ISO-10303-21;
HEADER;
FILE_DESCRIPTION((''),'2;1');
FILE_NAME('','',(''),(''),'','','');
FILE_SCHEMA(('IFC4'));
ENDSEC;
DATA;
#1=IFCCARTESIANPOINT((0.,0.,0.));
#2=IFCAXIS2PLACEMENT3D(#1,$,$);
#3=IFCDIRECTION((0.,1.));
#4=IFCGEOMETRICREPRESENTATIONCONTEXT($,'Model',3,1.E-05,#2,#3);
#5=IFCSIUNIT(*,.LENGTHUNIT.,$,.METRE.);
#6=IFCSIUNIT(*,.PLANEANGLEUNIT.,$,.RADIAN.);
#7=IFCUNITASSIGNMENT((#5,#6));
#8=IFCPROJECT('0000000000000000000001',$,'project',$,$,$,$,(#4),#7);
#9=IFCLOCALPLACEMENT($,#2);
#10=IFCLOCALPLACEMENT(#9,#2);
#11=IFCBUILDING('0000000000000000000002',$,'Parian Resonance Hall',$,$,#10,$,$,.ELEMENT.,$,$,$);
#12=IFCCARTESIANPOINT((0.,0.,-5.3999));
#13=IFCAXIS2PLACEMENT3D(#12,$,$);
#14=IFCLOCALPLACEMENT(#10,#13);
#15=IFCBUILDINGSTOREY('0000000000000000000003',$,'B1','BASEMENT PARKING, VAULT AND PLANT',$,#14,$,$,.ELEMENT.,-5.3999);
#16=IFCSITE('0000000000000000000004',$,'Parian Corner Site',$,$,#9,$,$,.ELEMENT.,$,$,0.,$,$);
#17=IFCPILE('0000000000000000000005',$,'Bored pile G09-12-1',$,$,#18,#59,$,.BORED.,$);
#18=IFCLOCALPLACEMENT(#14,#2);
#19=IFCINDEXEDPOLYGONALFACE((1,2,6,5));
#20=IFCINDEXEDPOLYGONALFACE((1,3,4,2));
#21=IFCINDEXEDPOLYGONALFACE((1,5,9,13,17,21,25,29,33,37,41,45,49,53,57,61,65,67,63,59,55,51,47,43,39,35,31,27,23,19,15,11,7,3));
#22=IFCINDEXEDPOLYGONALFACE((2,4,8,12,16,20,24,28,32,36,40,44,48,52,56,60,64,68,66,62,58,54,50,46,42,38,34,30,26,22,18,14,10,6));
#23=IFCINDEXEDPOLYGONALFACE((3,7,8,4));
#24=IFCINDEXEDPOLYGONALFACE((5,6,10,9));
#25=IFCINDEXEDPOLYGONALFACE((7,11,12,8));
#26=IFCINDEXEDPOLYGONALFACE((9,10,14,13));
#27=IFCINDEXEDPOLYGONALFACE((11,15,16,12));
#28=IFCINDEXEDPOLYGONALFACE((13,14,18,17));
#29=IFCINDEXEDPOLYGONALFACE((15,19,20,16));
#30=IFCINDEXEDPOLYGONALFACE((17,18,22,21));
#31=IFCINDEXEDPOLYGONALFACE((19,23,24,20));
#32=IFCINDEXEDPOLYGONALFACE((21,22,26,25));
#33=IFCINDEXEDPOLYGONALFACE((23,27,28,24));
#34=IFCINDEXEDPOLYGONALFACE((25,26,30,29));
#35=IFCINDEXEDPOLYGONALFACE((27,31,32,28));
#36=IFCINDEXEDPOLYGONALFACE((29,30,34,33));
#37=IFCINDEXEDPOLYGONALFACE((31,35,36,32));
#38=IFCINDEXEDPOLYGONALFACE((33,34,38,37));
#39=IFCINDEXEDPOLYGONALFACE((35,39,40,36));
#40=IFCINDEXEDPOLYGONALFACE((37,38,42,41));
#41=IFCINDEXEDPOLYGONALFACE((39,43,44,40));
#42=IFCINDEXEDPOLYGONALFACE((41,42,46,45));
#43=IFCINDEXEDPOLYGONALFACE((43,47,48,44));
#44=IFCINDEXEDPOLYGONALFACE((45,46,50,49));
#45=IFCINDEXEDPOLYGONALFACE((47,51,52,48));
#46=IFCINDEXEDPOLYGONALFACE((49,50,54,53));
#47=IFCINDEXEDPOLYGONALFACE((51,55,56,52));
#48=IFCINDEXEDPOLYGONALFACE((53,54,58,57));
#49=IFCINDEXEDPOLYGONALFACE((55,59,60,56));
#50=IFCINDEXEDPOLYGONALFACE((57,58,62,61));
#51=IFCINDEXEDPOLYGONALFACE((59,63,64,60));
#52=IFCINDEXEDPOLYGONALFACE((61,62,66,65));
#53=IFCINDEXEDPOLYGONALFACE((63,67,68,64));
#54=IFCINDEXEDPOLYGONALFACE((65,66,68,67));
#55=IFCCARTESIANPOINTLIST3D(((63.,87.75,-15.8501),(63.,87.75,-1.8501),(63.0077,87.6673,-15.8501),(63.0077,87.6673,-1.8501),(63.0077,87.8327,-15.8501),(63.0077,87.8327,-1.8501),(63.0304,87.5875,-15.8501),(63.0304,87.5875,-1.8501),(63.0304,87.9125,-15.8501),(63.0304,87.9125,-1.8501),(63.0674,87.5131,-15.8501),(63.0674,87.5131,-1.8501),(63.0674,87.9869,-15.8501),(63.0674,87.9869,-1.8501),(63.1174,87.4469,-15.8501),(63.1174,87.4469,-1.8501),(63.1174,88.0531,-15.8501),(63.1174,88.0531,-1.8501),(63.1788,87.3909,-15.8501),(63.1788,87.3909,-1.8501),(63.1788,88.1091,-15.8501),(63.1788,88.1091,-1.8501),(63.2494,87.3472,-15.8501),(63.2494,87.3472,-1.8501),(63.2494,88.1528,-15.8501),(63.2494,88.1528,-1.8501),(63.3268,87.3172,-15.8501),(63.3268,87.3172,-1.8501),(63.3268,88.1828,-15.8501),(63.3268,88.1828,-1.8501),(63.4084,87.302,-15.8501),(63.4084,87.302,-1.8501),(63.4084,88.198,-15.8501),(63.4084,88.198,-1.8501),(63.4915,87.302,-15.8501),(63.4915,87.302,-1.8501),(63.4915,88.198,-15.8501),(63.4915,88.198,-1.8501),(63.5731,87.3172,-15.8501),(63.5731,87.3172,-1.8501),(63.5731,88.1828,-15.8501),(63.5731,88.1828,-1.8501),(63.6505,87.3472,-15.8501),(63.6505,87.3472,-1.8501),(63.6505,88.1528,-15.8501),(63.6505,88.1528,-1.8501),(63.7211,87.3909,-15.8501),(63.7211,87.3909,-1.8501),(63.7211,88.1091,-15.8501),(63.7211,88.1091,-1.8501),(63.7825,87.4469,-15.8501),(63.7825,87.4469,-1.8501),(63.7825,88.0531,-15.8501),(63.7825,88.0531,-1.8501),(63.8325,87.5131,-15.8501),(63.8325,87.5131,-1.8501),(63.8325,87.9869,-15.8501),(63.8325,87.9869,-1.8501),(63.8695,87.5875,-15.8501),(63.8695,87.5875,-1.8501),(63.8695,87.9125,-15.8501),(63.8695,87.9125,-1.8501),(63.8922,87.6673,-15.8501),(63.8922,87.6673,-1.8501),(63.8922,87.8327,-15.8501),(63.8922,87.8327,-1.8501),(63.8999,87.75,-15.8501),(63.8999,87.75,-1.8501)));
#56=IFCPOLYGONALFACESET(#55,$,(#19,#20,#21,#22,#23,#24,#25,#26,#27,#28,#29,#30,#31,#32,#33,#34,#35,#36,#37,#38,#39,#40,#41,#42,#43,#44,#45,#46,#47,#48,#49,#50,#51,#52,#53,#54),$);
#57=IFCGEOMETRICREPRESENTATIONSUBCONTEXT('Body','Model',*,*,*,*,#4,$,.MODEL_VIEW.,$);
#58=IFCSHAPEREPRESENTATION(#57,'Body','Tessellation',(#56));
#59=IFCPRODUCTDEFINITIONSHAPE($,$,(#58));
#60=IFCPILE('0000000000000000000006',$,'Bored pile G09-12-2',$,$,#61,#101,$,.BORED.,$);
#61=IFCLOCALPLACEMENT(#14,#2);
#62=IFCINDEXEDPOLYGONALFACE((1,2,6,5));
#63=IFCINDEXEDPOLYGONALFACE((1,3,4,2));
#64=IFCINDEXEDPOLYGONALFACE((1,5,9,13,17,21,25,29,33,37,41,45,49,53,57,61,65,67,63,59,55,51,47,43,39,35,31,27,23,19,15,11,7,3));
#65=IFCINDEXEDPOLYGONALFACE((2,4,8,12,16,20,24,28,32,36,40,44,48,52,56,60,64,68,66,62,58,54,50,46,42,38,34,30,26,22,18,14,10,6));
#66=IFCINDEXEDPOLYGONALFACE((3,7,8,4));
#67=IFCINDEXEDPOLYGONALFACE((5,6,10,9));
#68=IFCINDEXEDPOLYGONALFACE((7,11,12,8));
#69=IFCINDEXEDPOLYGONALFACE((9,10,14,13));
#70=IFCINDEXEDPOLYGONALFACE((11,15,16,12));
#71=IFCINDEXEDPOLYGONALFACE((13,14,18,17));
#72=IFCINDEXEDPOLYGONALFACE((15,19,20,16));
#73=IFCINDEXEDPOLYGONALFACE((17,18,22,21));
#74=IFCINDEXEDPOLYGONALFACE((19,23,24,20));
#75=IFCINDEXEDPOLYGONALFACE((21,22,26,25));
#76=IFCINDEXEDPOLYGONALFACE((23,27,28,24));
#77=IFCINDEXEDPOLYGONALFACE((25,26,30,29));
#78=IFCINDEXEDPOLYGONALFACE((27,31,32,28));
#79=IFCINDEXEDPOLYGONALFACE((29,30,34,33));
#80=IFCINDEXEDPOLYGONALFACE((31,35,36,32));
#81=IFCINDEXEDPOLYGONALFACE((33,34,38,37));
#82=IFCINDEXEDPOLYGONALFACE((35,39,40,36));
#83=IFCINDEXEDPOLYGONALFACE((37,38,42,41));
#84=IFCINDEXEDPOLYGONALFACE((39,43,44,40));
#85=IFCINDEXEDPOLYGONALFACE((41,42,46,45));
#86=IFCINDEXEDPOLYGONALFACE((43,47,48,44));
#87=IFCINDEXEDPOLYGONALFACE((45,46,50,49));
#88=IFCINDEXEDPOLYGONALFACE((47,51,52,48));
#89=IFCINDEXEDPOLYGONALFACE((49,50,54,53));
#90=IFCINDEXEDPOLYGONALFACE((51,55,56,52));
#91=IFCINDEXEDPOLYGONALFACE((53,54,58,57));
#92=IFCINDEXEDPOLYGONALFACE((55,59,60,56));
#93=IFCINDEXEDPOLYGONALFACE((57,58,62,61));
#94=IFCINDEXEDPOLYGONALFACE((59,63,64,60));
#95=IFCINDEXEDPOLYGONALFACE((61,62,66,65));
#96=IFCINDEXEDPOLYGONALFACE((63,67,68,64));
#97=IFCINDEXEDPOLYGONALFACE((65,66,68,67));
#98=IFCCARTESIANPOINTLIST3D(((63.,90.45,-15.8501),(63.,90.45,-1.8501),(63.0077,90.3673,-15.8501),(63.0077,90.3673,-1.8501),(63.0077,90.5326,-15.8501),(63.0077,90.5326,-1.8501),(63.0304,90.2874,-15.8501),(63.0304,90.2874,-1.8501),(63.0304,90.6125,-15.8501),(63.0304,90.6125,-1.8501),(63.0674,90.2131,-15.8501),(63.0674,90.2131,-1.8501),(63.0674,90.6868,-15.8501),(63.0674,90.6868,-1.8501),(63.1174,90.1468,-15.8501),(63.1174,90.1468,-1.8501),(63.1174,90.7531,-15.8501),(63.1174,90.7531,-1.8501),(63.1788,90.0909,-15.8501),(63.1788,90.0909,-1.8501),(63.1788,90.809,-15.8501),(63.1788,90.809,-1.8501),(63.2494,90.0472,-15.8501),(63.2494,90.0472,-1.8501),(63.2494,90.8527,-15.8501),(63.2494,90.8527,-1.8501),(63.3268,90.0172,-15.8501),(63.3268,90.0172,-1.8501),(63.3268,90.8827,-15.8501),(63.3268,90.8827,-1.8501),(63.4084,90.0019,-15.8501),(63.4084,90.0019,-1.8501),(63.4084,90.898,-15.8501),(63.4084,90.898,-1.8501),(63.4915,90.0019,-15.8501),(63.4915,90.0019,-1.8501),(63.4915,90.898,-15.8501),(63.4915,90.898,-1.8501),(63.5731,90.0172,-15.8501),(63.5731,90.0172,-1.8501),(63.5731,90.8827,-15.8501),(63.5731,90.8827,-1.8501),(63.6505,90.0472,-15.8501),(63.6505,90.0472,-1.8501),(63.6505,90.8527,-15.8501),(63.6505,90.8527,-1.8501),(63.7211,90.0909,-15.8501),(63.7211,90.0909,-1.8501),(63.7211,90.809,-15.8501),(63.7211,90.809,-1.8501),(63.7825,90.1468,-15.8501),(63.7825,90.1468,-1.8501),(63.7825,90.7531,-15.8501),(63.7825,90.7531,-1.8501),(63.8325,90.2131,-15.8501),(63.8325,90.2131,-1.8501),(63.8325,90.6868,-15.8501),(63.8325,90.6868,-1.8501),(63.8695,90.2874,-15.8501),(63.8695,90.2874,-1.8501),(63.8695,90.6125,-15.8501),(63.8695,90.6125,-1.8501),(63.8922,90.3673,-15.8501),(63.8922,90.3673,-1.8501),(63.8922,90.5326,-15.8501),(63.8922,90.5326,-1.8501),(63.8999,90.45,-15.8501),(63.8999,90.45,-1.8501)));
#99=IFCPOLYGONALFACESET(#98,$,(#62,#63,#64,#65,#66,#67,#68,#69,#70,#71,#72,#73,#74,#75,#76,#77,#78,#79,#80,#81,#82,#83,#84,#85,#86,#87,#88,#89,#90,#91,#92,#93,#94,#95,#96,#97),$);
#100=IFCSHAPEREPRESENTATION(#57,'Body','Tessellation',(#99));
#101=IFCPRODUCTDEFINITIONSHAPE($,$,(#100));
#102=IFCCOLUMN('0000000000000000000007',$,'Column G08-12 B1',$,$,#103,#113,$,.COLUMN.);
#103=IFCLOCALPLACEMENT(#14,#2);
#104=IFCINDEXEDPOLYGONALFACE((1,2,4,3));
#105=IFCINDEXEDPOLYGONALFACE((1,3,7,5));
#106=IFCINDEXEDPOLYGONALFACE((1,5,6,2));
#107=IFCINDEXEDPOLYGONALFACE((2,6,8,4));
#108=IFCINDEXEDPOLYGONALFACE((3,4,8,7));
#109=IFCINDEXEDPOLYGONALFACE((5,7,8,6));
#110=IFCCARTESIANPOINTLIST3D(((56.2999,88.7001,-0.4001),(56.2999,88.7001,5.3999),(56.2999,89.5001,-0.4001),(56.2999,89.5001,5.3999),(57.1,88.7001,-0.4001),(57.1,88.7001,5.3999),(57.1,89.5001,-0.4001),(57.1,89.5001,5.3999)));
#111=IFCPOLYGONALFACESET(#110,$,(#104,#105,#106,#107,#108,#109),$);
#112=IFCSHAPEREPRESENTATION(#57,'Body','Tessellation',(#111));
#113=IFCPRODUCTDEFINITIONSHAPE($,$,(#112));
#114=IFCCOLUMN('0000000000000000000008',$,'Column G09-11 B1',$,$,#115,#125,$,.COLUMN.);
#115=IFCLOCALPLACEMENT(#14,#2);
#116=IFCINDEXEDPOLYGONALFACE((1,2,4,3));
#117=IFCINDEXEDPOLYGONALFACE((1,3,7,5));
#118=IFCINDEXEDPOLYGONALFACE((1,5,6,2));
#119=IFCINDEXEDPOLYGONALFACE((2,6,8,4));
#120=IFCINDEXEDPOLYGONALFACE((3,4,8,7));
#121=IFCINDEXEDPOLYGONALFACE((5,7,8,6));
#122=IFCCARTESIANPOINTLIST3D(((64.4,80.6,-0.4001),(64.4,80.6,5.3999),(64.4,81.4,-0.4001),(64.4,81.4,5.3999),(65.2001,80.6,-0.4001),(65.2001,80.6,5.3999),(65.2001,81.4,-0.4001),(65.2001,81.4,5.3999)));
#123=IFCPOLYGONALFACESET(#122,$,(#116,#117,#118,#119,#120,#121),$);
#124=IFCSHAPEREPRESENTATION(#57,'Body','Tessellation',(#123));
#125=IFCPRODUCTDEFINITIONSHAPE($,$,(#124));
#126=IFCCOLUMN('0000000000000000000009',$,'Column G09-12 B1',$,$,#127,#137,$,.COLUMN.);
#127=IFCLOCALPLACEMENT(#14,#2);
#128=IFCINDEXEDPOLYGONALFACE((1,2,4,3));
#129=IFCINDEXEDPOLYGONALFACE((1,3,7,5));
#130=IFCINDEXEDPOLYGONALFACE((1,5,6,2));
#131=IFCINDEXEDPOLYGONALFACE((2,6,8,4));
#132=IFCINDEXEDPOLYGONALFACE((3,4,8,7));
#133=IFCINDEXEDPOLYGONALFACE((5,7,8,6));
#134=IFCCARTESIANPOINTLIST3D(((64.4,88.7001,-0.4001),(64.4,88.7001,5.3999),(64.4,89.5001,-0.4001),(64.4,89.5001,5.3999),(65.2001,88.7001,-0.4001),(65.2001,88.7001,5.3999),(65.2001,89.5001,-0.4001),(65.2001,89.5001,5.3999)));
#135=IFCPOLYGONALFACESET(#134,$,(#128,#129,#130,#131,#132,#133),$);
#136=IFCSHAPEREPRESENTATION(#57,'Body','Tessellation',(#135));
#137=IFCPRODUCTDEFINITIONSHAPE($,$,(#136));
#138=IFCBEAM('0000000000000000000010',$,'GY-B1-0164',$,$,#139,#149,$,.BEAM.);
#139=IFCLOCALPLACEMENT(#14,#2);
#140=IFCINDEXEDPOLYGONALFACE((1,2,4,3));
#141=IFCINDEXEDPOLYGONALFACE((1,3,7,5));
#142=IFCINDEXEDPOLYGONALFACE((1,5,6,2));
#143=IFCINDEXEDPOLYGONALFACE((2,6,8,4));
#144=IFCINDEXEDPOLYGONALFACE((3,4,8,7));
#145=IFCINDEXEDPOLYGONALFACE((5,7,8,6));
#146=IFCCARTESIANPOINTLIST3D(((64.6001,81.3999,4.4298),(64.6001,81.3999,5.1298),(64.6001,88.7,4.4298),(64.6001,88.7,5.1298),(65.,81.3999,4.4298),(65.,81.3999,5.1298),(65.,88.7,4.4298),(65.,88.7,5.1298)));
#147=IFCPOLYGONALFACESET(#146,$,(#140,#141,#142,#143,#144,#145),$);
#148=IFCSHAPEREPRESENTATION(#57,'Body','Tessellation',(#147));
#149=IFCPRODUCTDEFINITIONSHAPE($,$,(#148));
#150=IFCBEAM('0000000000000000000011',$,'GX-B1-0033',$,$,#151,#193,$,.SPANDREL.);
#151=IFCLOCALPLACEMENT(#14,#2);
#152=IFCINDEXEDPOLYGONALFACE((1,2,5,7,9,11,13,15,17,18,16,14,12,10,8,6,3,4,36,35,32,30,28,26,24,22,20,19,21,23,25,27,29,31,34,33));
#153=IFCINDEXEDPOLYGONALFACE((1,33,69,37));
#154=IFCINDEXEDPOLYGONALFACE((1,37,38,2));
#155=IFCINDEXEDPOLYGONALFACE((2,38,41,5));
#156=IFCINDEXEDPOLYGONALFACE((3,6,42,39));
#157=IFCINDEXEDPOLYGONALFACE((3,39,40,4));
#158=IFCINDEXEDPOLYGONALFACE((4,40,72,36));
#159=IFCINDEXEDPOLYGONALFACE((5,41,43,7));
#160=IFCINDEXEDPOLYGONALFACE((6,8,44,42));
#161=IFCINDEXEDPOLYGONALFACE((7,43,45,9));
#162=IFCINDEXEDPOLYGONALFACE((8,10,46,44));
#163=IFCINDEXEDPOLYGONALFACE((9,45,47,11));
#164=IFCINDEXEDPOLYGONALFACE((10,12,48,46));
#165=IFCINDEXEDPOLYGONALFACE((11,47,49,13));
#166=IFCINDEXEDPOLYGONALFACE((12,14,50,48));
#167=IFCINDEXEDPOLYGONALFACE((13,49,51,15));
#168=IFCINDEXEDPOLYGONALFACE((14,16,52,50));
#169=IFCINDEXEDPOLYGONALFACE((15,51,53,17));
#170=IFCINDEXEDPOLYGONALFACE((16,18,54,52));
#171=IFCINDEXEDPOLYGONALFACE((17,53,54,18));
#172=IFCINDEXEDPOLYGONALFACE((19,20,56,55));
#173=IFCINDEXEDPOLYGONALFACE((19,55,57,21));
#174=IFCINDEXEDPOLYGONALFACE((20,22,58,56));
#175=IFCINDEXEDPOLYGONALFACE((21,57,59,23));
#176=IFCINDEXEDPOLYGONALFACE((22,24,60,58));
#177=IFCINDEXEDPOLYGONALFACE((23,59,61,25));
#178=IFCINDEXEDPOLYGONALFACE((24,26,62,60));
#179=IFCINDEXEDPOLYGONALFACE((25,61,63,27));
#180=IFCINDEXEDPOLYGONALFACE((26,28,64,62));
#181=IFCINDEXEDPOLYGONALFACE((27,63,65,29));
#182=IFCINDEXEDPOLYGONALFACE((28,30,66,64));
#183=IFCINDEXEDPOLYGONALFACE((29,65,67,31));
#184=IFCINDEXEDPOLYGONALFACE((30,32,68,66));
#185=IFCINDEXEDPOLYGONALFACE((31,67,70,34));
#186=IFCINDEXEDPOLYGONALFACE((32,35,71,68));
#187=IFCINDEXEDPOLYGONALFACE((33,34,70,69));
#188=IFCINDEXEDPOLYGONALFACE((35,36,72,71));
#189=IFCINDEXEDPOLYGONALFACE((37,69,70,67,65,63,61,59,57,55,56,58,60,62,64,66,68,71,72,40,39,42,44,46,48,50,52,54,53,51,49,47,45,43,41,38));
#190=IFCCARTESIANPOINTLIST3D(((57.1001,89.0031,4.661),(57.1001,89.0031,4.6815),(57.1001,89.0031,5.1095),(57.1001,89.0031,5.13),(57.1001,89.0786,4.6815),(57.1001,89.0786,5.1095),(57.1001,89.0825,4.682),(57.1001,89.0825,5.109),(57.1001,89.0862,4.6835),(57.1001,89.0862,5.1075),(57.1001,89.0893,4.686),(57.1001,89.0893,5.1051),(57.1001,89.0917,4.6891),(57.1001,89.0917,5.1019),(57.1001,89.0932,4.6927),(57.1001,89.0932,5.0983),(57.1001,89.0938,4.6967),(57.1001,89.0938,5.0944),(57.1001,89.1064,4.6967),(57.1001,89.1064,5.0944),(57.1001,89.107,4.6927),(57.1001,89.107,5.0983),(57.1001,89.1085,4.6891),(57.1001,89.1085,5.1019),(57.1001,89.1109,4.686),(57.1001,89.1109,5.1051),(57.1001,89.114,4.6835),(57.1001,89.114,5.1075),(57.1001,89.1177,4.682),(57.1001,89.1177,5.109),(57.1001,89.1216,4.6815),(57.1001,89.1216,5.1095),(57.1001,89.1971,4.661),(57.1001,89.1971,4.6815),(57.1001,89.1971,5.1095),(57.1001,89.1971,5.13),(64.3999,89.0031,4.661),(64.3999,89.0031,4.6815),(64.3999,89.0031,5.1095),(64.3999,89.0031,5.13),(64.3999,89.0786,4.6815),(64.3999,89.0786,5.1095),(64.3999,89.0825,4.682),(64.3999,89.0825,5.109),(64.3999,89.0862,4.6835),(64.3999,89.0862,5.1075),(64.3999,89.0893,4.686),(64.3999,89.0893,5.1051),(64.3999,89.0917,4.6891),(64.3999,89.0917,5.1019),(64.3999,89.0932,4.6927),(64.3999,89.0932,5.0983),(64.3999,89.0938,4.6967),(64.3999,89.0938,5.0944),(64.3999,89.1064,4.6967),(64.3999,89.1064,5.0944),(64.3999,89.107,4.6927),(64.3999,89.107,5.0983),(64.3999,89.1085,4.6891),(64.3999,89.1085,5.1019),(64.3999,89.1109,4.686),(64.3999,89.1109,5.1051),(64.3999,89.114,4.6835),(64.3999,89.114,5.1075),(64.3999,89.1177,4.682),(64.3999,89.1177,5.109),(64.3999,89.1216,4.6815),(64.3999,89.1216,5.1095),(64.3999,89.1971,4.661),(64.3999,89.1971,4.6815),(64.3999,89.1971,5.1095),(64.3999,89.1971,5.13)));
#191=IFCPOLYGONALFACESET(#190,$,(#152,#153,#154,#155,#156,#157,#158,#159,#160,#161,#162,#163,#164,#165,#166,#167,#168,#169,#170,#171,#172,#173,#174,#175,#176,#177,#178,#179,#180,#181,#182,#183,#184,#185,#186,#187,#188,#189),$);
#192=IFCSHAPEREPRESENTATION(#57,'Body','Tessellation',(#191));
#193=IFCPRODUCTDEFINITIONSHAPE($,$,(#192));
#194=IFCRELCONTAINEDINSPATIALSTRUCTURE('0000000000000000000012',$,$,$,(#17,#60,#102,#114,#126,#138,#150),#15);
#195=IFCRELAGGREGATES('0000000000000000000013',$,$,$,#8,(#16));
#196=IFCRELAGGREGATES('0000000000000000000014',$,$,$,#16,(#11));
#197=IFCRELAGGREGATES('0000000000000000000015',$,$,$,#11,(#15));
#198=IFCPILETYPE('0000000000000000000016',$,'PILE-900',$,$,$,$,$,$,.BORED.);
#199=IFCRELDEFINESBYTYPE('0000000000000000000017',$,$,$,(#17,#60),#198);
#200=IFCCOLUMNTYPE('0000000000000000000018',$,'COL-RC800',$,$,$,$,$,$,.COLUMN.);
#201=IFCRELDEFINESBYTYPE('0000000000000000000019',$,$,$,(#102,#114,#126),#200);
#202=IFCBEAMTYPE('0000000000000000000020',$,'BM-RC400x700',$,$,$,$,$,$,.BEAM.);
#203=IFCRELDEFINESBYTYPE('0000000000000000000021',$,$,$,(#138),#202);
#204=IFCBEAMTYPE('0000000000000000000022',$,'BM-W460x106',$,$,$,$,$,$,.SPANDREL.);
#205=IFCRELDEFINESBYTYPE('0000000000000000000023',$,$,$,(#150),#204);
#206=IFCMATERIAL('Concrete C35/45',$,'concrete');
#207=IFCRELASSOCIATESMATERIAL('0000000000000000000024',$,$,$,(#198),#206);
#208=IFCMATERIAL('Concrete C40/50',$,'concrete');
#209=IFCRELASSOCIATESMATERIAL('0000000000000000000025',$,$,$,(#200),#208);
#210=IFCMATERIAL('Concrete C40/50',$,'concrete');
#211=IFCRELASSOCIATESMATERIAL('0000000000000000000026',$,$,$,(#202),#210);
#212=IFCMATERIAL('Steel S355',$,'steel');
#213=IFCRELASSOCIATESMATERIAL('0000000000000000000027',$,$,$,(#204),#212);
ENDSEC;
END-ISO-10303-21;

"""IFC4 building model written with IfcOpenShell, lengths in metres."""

from ifc_helpers import new_model, si_unit, direction, frame, origin, origin_2d, place, context, subcontext, project, spatial, rectangle, circle, i_section, extrude, material, material_profile, profile_set, type_object, element, save


model = new_model("IFC4")

# Units and contexts
model_context = context("Model", 3, precision=1e-05, world=origin(), true_north=direction((0.0, 1.0)))
body_context = subcontext(model_context, "Body", "Model", "MODEL_VIEW")
ifc_project = project(units=[si_unit("LENGTHUNIT", "METRE"), si_unit("PLANEANGLEUNIT", "RADIAN")], contexts=[model_context])

# Site, building, storey
site_placement = place(None, origin())
site = spatial("IfcSite", under=ifc_project, at=site_placement, Name="Parian Corner Site", CompositionType="ELEMENT", RefElevation=0.0)
building_placement = place(site_placement, origin())
building = spatial("IfcBuilding", under=site, at=building_placement, Name="Parian Resonance Hall", CompositionType="ELEMENT")
storey_placement = place(building_placement, frame((0.0, 0.0, -5.3999)))
storey = spatial("IfcBuildingStorey", under=building, at=storey_placement, Name="B1", Description="BASEMENT PARKING, VAULT AND PLANT", CompositionType="ELEMENT", Elevation=-5.3999)

# Piles
ifc_material_1 = material(Name="Concrete C35/45", Category="concrete")
ifc_material_profile_1 = material_profile(ifc_material_1, circle(Radius=0.45, at=origin_2d()), Name="PILE-D900")
ifc_profile_set_1 = profile_set([ifc_material_profile_1], Name="Concrete C35/45")
pile_type = type_object("IfcPileType", Name="PILE-900", PredefinedType="BORED", material=ifc_profile_set_1)
for number, where, z_axis, x_axis, name in (
    (1, (63.45, 87.75, -1.8501), (0.0, 0.0, -1.0), (1.0, 0.0, 0.0), "Bored pile G09-12-1"),
    (2, (63.45, 90.45, -1.8501), (0.0, 0.0, -1.0), (1.0, 0.0, 0.0), "Bored pile G09-12-2"),
):
    element("IfcPile", number, at=place(storey_placement, frame(where, z_axis=z_axis, x_axis=x_axis)), inside=storey, type_object=pile_type, Name=name, PredefinedType="BORED", context=body_context, shape_type="SweptSolid", body=[
        extrude(circle(Radius=0.45, at=origin_2d()), origin(), (0.0, 0.0, 1.0), 14.0),
    ])

# Columns
ifc_material_2 = material(Name="Concrete C40/50", Category="concrete")
ifc_material_profile_2 = material_profile(ifc_material_2, rectangle(XDim=0.8, YDim=0.8, at=origin_2d()), Name="RC-COL-800x800")
ifc_profile_set_2 = profile_set([ifc_material_profile_2], Name="Concrete C40/50")
column_type = type_object("IfcColumnType", Name="COL-RC800", PredefinedType="COLUMN", material=ifc_profile_set_2)
for number, where, z_axis, x_axis, name in (
    (3, (56.7, 89.1001, -0.4001), (0.0, 0.0, 1.0), (1.0, 0.0, 0.0), "Column G08-12 B1"),
    (4, (64.8, 81.0, -0.4001), (0.0, 0.0, 1.0), (1.0, 0.0, 0.0), "Column G09-11 B1"),
    (5, (64.8, 89.1001, -0.4001), (0.0, 0.0, 1.0), (1.0, 0.0, 0.0), "Column G09-12 B1"),
):
    element("IfcColumn", number, at=place(storey_placement, frame(where, z_axis=z_axis, x_axis=x_axis)), inside=storey, type_object=column_type, Name=name, PredefinedType="COLUMN", context=body_context, shape_type="SweptSolid", body=[
        extrude(rectangle(XDim=0.8, YDim=0.8, at=origin_2d()), origin(), (0.0, 0.0, 1.0), 5.8),
    ])

# Beams
ifc_material_3 = material(Name="Concrete C40/50", Category="concrete")
ifc_material_profile_3 = material_profile(ifc_material_3, rectangle(XDim=0.3999, YDim=0.7, at=origin_2d()), Name="RC-BM-400x700")
ifc_profile_set_3 = profile_set([ifc_material_profile_3], Name="Concrete C40/50")
beam_type_1 = type_object("IfcBeamType", Name="BM-RC400x700", PredefinedType="BEAM", material=ifc_profile_set_3)
beam_1_placement = place(storey_placement, frame((64.8, 81.3999, 4.7798), z_axis=(0.0, 1.0, 0.0), x_axis=(-1.0, 0.0, 0.0)))
element("IfcBeam", 6, at=beam_1_placement, inside=storey, type_object=beam_type_1, Name="GY-B1-0164", PredefinedType="BEAM", context=body_context, shape_type="SweptSolid", body=[
    extrude(rectangle(XDim=0.3999, YDim=0.7, at=origin_2d()), origin(), (0.0, 0.0, 1.0), 7.3),
])
ifc_material_4 = material(Name="Steel S355", Category="steel")
ifc_material_profile_4 = material_profile(ifc_material_4, i_section(OverallWidth=0.1941, OverallDepth=0.469, WebThickness=0.0127, FlangeThickness=0.0205, FilletRadius=0.0151, at=origin_2d()), Name="W460x106")
ifc_profile_set_4 = profile_set([ifc_material_profile_4], Name="Steel S355")
beam_type_2 = type_object("IfcBeamType", Name="BM-W460x106", PredefinedType="SPANDREL", material=ifc_profile_set_4)
beam_2_placement = place(storey_placement, frame((57.1001, 89.1001, 4.8955), z_axis=(1.0, 0.0, 0.0), x_axis=(0.0, 1.0, 0.0)))
element("IfcBeam", 7, at=beam_2_placement, inside=storey, type_object=beam_type_2, Name="GX-B1-0033", PredefinedType="SPANDREL", context=body_context, shape_type="SweptSolid", body=[
    extrude(i_section(OverallWidth=0.1941, OverallDepth=0.469, WebThickness=0.0127, FlangeThickness=0.0205, FilletRadius=0.0151, at=origin_2d()), origin(), (0.0, 0.0, 1.0), 7.2998),
])

save(model, "model.ifc")
